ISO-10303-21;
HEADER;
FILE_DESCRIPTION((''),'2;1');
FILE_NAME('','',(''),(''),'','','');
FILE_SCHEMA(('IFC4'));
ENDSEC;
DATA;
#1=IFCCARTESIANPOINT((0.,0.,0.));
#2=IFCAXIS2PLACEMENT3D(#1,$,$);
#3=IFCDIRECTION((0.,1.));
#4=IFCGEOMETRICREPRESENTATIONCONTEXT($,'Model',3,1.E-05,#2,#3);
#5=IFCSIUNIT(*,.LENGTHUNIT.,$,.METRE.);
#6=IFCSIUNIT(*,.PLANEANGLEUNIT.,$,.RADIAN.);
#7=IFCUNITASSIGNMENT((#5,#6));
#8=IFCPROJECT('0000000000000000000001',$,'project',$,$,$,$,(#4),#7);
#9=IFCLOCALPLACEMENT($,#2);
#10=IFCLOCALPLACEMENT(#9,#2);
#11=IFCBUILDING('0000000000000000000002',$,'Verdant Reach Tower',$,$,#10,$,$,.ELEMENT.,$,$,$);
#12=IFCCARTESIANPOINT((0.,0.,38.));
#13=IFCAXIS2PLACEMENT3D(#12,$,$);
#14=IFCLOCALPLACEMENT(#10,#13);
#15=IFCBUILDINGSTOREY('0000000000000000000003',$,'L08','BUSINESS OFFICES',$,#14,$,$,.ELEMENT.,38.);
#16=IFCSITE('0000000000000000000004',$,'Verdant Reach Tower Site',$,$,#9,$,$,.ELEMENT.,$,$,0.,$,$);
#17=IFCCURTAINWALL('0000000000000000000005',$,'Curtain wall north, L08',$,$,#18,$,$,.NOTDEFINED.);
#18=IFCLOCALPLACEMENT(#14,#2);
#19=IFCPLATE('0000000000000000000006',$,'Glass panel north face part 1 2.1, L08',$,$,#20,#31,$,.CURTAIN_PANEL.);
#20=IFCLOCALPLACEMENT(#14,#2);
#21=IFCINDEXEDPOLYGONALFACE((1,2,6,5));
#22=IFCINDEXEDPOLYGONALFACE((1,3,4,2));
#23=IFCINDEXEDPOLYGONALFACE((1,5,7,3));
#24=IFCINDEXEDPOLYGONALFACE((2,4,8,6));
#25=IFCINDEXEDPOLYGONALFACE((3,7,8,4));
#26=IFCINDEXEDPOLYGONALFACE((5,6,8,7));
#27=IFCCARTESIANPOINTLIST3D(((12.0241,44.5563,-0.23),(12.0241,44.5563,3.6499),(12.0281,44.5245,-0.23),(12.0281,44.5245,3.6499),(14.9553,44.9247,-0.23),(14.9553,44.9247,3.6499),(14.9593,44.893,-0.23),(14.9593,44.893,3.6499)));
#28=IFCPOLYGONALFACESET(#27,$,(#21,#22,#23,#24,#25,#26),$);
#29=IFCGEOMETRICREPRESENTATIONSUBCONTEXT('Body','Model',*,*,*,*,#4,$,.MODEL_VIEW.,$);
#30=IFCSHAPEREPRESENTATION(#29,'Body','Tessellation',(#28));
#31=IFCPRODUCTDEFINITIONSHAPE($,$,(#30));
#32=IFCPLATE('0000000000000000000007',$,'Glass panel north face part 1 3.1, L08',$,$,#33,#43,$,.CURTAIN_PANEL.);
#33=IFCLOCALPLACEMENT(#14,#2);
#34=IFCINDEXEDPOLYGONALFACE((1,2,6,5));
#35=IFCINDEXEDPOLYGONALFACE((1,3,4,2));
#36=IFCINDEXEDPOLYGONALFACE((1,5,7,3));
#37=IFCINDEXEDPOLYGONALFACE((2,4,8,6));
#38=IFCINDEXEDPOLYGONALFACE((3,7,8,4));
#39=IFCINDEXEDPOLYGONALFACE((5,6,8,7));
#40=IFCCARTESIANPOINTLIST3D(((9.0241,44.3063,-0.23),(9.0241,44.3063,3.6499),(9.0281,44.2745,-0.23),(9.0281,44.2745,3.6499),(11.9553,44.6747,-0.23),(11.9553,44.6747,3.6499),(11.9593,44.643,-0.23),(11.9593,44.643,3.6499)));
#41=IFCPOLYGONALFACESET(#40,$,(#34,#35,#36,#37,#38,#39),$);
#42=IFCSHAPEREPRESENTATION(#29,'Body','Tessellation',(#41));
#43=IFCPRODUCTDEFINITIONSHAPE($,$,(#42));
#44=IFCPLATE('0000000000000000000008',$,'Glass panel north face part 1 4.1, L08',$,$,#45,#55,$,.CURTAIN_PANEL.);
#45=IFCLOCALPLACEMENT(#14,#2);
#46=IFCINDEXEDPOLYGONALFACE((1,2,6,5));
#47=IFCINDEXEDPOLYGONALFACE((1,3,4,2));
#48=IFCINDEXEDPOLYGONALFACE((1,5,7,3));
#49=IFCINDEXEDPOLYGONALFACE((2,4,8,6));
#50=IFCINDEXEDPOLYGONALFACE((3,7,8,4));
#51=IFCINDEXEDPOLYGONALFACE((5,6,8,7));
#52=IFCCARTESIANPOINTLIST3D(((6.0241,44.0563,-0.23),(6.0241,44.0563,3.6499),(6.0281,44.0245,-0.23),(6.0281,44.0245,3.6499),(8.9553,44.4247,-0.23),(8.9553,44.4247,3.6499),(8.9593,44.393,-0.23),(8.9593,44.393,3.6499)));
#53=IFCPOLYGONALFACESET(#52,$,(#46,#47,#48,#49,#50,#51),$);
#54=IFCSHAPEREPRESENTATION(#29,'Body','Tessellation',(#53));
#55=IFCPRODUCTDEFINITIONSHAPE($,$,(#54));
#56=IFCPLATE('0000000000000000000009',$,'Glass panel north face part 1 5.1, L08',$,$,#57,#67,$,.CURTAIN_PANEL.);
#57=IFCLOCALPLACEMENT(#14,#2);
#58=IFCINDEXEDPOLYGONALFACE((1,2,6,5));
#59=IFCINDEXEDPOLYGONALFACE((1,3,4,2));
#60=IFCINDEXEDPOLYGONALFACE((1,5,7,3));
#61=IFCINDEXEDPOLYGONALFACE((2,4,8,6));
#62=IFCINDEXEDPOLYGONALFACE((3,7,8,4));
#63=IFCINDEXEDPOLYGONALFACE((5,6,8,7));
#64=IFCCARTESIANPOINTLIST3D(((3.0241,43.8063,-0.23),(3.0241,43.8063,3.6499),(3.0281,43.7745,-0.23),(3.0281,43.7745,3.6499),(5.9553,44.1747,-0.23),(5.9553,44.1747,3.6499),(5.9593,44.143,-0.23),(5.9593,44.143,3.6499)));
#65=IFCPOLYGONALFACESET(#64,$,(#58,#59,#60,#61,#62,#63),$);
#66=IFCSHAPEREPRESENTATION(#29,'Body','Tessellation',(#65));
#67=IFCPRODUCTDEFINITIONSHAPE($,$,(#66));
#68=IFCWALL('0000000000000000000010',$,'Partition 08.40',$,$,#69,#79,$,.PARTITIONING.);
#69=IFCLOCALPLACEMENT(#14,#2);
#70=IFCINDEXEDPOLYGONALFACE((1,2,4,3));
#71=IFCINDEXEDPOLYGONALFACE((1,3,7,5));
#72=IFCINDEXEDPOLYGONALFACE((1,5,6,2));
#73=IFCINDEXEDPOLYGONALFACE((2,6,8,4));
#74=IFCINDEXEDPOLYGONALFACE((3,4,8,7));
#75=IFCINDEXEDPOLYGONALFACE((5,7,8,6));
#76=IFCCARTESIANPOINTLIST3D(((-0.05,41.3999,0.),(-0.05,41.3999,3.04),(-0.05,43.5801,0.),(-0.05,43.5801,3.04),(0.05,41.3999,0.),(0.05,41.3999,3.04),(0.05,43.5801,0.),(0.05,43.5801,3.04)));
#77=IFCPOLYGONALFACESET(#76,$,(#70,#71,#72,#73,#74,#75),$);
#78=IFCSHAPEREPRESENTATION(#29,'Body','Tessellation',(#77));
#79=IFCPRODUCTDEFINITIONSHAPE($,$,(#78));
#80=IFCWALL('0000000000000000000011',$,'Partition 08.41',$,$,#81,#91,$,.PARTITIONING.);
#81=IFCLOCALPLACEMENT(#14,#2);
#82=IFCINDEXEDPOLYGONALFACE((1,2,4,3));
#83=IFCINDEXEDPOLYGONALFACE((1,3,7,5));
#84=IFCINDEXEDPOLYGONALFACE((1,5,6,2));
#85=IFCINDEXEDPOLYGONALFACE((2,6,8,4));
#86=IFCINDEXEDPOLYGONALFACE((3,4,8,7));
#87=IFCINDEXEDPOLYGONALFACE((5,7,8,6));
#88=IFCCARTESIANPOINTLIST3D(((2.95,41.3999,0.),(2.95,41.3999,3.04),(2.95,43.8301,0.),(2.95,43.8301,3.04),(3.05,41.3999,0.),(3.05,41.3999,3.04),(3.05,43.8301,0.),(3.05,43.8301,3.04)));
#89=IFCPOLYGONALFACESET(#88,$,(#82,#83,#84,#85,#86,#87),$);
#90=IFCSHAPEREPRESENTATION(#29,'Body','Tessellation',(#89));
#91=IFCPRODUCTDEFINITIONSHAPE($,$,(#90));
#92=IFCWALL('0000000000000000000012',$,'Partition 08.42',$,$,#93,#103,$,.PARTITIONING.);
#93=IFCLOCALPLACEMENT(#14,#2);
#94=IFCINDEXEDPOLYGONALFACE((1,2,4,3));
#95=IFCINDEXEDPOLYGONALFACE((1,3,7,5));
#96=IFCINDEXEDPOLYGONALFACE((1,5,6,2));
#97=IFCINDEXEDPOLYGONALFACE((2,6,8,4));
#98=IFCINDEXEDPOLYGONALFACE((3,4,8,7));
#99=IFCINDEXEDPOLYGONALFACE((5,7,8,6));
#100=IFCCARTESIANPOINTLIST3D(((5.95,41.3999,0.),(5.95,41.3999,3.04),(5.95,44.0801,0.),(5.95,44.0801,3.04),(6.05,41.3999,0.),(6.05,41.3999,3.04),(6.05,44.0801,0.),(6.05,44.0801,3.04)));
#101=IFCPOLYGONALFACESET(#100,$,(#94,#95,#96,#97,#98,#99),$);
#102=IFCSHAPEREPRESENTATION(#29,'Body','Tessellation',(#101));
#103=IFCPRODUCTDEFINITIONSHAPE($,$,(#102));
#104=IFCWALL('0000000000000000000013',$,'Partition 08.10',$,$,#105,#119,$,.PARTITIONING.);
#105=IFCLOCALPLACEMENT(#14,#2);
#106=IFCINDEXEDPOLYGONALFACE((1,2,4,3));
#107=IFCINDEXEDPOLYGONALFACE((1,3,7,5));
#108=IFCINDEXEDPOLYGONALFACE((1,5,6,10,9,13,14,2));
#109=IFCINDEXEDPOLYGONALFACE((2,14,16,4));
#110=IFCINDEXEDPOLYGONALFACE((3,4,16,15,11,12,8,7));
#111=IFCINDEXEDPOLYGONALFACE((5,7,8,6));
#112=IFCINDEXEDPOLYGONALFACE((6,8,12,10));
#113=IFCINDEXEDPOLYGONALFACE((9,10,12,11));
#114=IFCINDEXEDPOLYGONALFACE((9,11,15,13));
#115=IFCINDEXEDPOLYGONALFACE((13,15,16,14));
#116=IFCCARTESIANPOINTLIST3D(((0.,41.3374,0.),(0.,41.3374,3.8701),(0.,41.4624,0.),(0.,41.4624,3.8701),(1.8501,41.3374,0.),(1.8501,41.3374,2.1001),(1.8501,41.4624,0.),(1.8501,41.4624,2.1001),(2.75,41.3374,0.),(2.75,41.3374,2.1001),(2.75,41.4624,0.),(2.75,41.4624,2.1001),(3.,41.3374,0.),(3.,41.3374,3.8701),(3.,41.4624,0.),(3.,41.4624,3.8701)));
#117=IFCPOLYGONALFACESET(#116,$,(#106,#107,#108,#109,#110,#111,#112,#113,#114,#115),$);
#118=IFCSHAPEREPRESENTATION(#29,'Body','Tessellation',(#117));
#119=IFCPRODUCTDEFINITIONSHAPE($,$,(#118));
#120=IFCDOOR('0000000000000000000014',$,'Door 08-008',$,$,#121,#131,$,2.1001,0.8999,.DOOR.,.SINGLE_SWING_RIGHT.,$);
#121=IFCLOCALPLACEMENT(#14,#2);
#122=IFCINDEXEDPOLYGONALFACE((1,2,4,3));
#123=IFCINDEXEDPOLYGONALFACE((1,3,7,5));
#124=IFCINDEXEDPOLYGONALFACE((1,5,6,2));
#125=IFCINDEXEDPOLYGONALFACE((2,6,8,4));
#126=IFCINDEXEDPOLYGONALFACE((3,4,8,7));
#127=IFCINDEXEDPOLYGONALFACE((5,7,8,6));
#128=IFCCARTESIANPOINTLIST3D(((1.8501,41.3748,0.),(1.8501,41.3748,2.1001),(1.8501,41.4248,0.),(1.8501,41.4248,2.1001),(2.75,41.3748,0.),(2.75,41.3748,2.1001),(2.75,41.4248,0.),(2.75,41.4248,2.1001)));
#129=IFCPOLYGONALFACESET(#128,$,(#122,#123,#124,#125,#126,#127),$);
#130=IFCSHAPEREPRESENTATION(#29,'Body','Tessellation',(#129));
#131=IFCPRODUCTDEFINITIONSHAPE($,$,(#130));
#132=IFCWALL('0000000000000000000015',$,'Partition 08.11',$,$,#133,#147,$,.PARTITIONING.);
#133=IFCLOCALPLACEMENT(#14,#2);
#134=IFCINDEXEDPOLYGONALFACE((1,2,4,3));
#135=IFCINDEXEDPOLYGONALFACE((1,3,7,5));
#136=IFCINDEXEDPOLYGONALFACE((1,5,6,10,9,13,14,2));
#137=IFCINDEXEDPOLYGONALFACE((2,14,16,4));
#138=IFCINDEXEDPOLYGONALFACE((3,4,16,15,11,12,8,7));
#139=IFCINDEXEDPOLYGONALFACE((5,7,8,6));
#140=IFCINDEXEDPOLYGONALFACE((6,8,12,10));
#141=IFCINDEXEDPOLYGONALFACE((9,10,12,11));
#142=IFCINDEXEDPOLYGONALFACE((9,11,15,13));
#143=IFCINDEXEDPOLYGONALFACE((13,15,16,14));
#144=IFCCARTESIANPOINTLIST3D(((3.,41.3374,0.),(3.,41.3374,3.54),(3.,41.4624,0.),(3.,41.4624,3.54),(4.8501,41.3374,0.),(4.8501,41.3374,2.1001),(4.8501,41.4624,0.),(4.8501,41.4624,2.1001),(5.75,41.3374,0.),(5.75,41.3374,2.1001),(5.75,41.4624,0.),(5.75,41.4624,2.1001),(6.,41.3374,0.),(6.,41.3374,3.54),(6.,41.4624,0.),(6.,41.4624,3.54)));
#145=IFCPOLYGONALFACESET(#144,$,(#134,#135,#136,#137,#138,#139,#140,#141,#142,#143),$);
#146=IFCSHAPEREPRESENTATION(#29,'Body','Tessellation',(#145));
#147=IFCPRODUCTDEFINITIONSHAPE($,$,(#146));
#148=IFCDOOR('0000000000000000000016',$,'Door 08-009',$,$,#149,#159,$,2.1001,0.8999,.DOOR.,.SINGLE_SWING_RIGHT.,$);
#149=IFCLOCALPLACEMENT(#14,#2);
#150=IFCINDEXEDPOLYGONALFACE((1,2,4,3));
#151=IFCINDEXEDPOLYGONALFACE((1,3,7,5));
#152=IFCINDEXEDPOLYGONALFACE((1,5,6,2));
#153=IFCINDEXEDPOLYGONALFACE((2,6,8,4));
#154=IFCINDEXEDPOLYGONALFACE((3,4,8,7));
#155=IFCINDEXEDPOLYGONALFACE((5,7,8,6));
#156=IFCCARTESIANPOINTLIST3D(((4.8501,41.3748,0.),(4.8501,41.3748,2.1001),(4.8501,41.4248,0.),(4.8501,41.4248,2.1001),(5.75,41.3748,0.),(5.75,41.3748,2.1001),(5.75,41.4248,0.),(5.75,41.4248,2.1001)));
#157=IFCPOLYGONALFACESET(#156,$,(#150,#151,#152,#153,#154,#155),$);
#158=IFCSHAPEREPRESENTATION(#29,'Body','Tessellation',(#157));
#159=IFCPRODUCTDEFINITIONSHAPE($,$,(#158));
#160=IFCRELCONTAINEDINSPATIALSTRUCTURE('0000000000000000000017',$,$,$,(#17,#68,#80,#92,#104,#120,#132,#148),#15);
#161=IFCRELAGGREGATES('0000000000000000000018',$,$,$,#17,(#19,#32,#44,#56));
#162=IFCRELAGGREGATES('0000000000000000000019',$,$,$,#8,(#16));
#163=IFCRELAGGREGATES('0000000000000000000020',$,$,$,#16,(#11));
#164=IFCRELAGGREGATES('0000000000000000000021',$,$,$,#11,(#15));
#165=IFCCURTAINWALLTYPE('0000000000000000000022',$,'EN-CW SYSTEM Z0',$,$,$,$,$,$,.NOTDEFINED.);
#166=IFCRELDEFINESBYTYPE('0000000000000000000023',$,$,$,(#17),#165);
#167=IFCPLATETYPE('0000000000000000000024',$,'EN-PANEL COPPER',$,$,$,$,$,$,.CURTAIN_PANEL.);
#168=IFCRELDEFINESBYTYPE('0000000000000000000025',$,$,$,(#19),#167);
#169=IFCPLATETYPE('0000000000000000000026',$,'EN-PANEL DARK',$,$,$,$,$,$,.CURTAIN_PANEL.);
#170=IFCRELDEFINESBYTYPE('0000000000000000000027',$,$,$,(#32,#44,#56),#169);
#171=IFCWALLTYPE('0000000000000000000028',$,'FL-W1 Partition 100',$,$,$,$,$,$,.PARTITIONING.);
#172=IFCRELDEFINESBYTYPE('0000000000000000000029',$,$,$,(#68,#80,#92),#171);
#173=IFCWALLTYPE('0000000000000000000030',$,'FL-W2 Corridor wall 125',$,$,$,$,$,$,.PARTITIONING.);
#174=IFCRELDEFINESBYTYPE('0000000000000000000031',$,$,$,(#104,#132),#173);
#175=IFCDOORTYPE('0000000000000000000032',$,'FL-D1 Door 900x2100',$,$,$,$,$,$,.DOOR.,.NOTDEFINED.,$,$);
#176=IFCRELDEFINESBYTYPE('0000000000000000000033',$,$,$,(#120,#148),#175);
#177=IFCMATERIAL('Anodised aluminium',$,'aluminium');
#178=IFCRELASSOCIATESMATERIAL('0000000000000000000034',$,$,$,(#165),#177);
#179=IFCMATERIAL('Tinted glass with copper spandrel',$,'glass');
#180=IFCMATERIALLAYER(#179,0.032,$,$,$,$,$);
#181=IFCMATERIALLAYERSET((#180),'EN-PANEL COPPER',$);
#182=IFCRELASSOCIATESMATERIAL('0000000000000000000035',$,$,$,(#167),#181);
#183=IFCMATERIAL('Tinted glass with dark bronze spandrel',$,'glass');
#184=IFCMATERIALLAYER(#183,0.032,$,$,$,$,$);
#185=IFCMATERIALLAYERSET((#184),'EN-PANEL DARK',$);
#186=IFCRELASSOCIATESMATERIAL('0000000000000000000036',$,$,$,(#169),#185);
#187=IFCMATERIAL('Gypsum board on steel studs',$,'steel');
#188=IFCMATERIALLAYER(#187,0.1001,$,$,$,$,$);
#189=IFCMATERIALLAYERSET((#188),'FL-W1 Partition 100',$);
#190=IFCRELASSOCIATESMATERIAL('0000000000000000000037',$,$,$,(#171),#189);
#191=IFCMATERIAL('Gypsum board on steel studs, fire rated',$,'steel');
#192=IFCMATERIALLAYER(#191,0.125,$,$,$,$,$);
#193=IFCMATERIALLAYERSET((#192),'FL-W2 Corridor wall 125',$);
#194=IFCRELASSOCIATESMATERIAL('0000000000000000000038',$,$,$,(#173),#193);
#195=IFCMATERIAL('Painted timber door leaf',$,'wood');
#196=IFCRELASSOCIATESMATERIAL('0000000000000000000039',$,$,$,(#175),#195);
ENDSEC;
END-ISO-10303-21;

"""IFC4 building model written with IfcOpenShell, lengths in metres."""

from ifc_helpers import new_model, si_unit, direction, frame, frame_2d, origin, origin_2d, place, context, subcontext, project, spatial, rectangle, extrude, material, layer, layer_set, type_object, element, fill, aggregate, save


model = new_model("IFC4")

# Units and contexts
model_context = context("Model", 3, precision=1e-05, world=origin(), true_north=direction((0.0, 1.0)))
body_context = subcontext(model_context, "Body", "Model", "MODEL_VIEW")
ifc_project = project(units=[si_unit("LENGTHUNIT", "METRE"), si_unit("PLANEANGLEUNIT", "RADIAN")], contexts=[model_context])

# Site, building, storey
site_placement = place(None, origin())
site = spatial("IfcSite", under=ifc_project, at=site_placement, Name="Verdant Reach Tower Site", CompositionType="ELEMENT", RefElevation=0.0)
building_placement = place(site_placement, origin())
building = spatial("IfcBuilding", under=site, at=building_placement, Name="Verdant Reach Tower", CompositionType="ELEMENT")
storey_placement = place(building_placement, frame((0.0, 0.0, 38.0)))
storey = spatial("IfcBuildingStorey", under=building, at=storey_placement, Name="L08", Description="BUSINESS OFFICES", CompositionType="ELEMENT", Elevation=38.0)

# Curtain wall
ifc_material_1 = material(Name="Anodised aluminium", Category="aluminium")
curtain_wall_type = type_object("IfcCurtainWallType", Name="EN-CW SYSTEM Z0", PredefinedType="NOTDEFINED", material=ifc_material_1)
curtain_wall_placement = place(storey_placement, origin())
curtain_wall = element("IfcCurtainWall", 1, at=curtain_wall_placement, inside=storey, type_object=curtain_wall_type, Name="Curtain wall north, L08", PredefinedType="NOTDEFINED")

# Plates
ifc_material_2 = material(Name="Tinted glass with copper spandrel", Category="glass")
ifc_layer_1 = layer(ifc_material_2, 0.032)
ifc_layer_set_1 = layer_set([ifc_layer_1], Name="EN-PANEL COPPER")
plate_type_1 = type_object("IfcPlateType", Name="EN-PANEL COPPER", PredefinedType="CURTAIN_PANEL", material=ifc_layer_set_1)
plate_1_placement = place(storey_placement, frame((13.4917, 44.7246, -0.23), z_axis=(0.0, 0.0, 1.0), x_axis=(-0.992194, -0.124704, 0.0)))
plate_1 = element("IfcPlate", 2, at=plate_1_placement, type_object=plate_type_1, Name="Glass panel north face part 1 2.1, L08", PredefinedType="CURTAIN_PANEL", context=body_context, shape_type="SweptSolid", body=[
    extrude(rectangle(XDim=2.9543, YDim=0.032, at=origin_2d()), origin(), (0.0, 0.0, 1.0), 3.8799),
])
ifc_material_3 = material(Name="Tinted glass with dark bronze spandrel", Category="glass")
ifc_layer_2 = layer(ifc_material_3, 0.032)
ifc_layer_set_2 = layer_set([ifc_layer_2], Name="EN-PANEL DARK")
plate_type_2 = type_object("IfcPlateType", Name="EN-PANEL DARK", PredefinedType="CURTAIN_PANEL", material=ifc_layer_set_2)
plate_2_placement = place(storey_placement, frame((10.4917, 44.4746, -0.23), z_axis=(0.0, 0.0, 1.0), x_axis=(-0.992194, -0.124704, 0.0)))
plate_2 = element("IfcPlate", 3, at=plate_2_placement, type_object=plate_type_2, Name="Glass panel north face part 1 3.1, L08", PredefinedType="CURTAIN_PANEL", context=body_context, shape_type="SweptSolid", body=[
    extrude(rectangle(XDim=2.9543, YDim=0.032, at=origin_2d()), origin(), (0.0, 0.0, 1.0), 3.8799),
])
plate_3_placement = place(storey_placement, frame((7.4917, 44.2246, -0.23), z_axis=(0.0, 0.0, 1.0), x_axis=(-0.992194, -0.124704, 0.0)))
plate_3 = element("IfcPlate", 4, at=plate_3_placement, type_object=plate_type_2, Name="Glass panel north face part 1 4.1, L08", PredefinedType="CURTAIN_PANEL", context=body_context, shape_type="SweptSolid", body=[
    extrude(rectangle(XDim=2.9543, YDim=0.032, at=origin_2d()), origin(), (0.0, 0.0, 1.0), 3.8799),
])
plate_4_placement = place(storey_placement, frame((4.4917, 43.9746, -0.23), z_axis=(0.0, 0.0, 1.0), x_axis=(-0.992194, -0.124704, 0.0)))
plate_4 = element("IfcPlate", 5, at=plate_4_placement, type_object=plate_type_2, Name="Glass panel north face part 1 5.1, L08", PredefinedType="CURTAIN_PANEL", context=body_context, shape_type="SweptSolid", body=[
    extrude(rectangle(XDim=2.9543, YDim=0.032, at=origin_2d()), origin(), (0.0, 0.0, 1.0), 3.8799),
])
aggregate(curtain_wall, [plate_1, plate_2, plate_3, plate_4])

# Walls
ifc_material_4 = material(Name="Gypsum board on steel studs", Category="steel")
ifc_layer_3 = layer(ifc_material_4, 0.1001)
ifc_layer_set_3 = layer_set([ifc_layer_3], Name="FL-W1 Partition 100")
wall_type_1 = type_object("IfcWallType", Name="FL-W1 Partition 100", PredefinedType="PARTITIONING", material=ifc_layer_set_3)
wall_1_placement = place(storey_placement, frame((0.0, 41.3999, 0.0), z_axis=(0.0, 0.0, 1.0), x_axis=(0.0, 1.0, 0.0)))
element("IfcWall", 6, at=wall_1_placement, inside=storey, type_object=wall_type_1, Name="Partition 08.40", PredefinedType="PARTITIONING", context=body_context, shape_type="SweptSolid", body=[
    extrude(rectangle(XDim=2.1802, YDim=0.1001, at=frame_2d((1.0901, 0.0))), origin(), (0.0, 0.0, 1.0), 3.04),
])
wall_2_placement = place(storey_placement, frame((3.0, 41.3999, 0.0), z_axis=(0.0, 0.0, 1.0), x_axis=(0.0, 1.0, 0.0)))
element("IfcWall", 7, at=wall_2_placement, inside=storey, type_object=wall_type_1, Name="Partition 08.41", PredefinedType="PARTITIONING", context=body_context, shape_type="SweptSolid", body=[
    extrude(rectangle(XDim=2.4302, YDim=0.1001, at=frame_2d((1.2151, 0.0))), origin(), (0.0, 0.0, 1.0), 3.04),
])
wall_3_placement = place(storey_placement, frame((6.0, 41.3999, 0.0), z_axis=(0.0, 0.0, 1.0), x_axis=(0.0, 1.0, 0.0)))
element("IfcWall", 8, at=wall_3_placement, inside=storey, type_object=wall_type_1, Name="Partition 08.42", PredefinedType="PARTITIONING", context=body_context, shape_type="SweptSolid", body=[
    extrude(rectangle(XDim=2.6802, YDim=0.1001, at=frame_2d((1.3401, 0.0))), origin(), (0.0, 0.0, 1.0), 3.04),
])

# Walls, openings, doors
ifc_material_5 = material(Name="Gypsum board on steel studs, fire rated", Category="steel")
ifc_layer_4 = layer(ifc_material_5, 0.125)
ifc_layer_set_4 = layer_set([ifc_layer_4], Name="FL-W2 Corridor wall 125")
wall_type_2 = type_object("IfcWallType", Name="FL-W2 Corridor wall 125", PredefinedType="PARTITIONING", material=ifc_layer_set_4)
wall_4_placement = place(storey_placement, frame((0.0, 41.3999, 0.0), z_axis=(0.0, 0.0, 1.0), x_axis=(1.0, 0.0, 0.0)))
wall_4 = element("IfcWall", 9, at=wall_4_placement, inside=storey, type_object=wall_type_2, Name="Partition 08.10", PredefinedType="PARTITIONING", context=body_context, shape_type="SweptSolid", body=[
    extrude(rectangle(XDim=3.0, YDim=0.125, at=frame_2d((1.5, 0.0))), origin(), (0.0, 0.0, 1.0), 3.8701),
])
opening_1_placement = place(wall_4_placement, frame((1.8501, 0.0, 0.0)))
opening_1 = element("IfcOpeningElement", 10, at=opening_1_placement, cuts=wall_4, PredefinedType="OPENING", context=body_context, shape_type="SweptSolid", body=[
    extrude(rectangle(XDim=0.8999, YDim=2.1001, at=frame_2d((0.45, 1.05))), frame((0.0, 0.0725, 0.0), z_axis=(0.0, -1.0, 0.0), x_axis=(1.0, 0.0, 0.0)), (0.0, 0.0, 1.0), 0.145),
])
ifc_material_6 = material(Name="Painted timber door leaf", Category="wood")
door_type_1 = type_object("IfcDoorType", Name="FL-D1 Door 900x2100", OperationType="NOTDEFINED", PredefinedType="DOOR", material=ifc_material_6)
door_1_placement = place(opening_1_placement, origin())
door_1 = element("IfcDoor", 11, at=door_1_placement, inside=storey, type_object=door_type_1, Name="Door 08-008", OperationType="SINGLE_SWING_RIGHT", OverallHeight=2.1001, OverallWidth=0.8999, PredefinedType="DOOR", context=body_context, shape_type="SweptSolid", body=[
    extrude(rectangle(XDim=0.8999, YDim=2.1001, at=frame_2d((0.45, 1.05))), frame((0.0, 0.0249, 0.0), z_axis=(0.0, -1.0, 0.0), x_axis=(1.0, 0.0, 0.0)), (0.0, 0.0, 1.0), 0.05),
])
fill(opening_1, door_1)
wall_5_placement = place(storey_placement, frame((3.0, 41.3999, 0.0), z_axis=(0.0, 0.0, 1.0), x_axis=(1.0, 0.0, 0.0)))
wall_5 = element("IfcWall", 12, at=wall_5_placement, inside=storey, type_object=wall_type_2, Name="Partition 08.11", PredefinedType="PARTITIONING", context=body_context, shape_type="SweptSolid", body=[
    extrude(rectangle(XDim=3.0, YDim=0.125, at=frame_2d((1.5, 0.0))), origin(), (0.0, 0.0, 1.0), 3.54),
])
opening_2_placement = place(wall_5_placement, frame((1.8501, 0.0, 0.0)))
opening_2 = element("IfcOpeningElement", 13, at=opening_2_placement, cuts=wall_5, PredefinedType="OPENING", context=body_context, shape_type="SweptSolid", body=[
    extrude(rectangle(XDim=0.8999, YDim=2.1001, at=frame_2d((0.45, 1.05))), frame((0.0, 0.0725, 0.0), z_axis=(0.0, -1.0, 0.0), x_axis=(1.0, 0.0, 0.0)), (0.0, 0.0, 1.0), 0.145),
])
door_2_placement = place(opening_2_placement, origin())
door_2 = element("IfcDoor", 14, at=door_2_placement, inside=storey, type_object=door_type_1, Name="Door 08-009", OperationType="SINGLE_SWING_RIGHT", OverallHeight=2.1001, OverallWidth=0.8999, PredefinedType="DOOR", context=body_context, shape_type="SweptSolid", body=[
    extrude(rectangle(XDim=0.8999, YDim=2.1001, at=frame_2d((0.45, 1.05))), frame((0.0, 0.0249, 0.0), z_axis=(0.0, -1.0, 0.0), x_axis=(1.0, 0.0, 0.0)), (0.0, 0.0, 1.0), 0.05),
])
fill(opening_2, door_2)

save(model, "model.ifc")
